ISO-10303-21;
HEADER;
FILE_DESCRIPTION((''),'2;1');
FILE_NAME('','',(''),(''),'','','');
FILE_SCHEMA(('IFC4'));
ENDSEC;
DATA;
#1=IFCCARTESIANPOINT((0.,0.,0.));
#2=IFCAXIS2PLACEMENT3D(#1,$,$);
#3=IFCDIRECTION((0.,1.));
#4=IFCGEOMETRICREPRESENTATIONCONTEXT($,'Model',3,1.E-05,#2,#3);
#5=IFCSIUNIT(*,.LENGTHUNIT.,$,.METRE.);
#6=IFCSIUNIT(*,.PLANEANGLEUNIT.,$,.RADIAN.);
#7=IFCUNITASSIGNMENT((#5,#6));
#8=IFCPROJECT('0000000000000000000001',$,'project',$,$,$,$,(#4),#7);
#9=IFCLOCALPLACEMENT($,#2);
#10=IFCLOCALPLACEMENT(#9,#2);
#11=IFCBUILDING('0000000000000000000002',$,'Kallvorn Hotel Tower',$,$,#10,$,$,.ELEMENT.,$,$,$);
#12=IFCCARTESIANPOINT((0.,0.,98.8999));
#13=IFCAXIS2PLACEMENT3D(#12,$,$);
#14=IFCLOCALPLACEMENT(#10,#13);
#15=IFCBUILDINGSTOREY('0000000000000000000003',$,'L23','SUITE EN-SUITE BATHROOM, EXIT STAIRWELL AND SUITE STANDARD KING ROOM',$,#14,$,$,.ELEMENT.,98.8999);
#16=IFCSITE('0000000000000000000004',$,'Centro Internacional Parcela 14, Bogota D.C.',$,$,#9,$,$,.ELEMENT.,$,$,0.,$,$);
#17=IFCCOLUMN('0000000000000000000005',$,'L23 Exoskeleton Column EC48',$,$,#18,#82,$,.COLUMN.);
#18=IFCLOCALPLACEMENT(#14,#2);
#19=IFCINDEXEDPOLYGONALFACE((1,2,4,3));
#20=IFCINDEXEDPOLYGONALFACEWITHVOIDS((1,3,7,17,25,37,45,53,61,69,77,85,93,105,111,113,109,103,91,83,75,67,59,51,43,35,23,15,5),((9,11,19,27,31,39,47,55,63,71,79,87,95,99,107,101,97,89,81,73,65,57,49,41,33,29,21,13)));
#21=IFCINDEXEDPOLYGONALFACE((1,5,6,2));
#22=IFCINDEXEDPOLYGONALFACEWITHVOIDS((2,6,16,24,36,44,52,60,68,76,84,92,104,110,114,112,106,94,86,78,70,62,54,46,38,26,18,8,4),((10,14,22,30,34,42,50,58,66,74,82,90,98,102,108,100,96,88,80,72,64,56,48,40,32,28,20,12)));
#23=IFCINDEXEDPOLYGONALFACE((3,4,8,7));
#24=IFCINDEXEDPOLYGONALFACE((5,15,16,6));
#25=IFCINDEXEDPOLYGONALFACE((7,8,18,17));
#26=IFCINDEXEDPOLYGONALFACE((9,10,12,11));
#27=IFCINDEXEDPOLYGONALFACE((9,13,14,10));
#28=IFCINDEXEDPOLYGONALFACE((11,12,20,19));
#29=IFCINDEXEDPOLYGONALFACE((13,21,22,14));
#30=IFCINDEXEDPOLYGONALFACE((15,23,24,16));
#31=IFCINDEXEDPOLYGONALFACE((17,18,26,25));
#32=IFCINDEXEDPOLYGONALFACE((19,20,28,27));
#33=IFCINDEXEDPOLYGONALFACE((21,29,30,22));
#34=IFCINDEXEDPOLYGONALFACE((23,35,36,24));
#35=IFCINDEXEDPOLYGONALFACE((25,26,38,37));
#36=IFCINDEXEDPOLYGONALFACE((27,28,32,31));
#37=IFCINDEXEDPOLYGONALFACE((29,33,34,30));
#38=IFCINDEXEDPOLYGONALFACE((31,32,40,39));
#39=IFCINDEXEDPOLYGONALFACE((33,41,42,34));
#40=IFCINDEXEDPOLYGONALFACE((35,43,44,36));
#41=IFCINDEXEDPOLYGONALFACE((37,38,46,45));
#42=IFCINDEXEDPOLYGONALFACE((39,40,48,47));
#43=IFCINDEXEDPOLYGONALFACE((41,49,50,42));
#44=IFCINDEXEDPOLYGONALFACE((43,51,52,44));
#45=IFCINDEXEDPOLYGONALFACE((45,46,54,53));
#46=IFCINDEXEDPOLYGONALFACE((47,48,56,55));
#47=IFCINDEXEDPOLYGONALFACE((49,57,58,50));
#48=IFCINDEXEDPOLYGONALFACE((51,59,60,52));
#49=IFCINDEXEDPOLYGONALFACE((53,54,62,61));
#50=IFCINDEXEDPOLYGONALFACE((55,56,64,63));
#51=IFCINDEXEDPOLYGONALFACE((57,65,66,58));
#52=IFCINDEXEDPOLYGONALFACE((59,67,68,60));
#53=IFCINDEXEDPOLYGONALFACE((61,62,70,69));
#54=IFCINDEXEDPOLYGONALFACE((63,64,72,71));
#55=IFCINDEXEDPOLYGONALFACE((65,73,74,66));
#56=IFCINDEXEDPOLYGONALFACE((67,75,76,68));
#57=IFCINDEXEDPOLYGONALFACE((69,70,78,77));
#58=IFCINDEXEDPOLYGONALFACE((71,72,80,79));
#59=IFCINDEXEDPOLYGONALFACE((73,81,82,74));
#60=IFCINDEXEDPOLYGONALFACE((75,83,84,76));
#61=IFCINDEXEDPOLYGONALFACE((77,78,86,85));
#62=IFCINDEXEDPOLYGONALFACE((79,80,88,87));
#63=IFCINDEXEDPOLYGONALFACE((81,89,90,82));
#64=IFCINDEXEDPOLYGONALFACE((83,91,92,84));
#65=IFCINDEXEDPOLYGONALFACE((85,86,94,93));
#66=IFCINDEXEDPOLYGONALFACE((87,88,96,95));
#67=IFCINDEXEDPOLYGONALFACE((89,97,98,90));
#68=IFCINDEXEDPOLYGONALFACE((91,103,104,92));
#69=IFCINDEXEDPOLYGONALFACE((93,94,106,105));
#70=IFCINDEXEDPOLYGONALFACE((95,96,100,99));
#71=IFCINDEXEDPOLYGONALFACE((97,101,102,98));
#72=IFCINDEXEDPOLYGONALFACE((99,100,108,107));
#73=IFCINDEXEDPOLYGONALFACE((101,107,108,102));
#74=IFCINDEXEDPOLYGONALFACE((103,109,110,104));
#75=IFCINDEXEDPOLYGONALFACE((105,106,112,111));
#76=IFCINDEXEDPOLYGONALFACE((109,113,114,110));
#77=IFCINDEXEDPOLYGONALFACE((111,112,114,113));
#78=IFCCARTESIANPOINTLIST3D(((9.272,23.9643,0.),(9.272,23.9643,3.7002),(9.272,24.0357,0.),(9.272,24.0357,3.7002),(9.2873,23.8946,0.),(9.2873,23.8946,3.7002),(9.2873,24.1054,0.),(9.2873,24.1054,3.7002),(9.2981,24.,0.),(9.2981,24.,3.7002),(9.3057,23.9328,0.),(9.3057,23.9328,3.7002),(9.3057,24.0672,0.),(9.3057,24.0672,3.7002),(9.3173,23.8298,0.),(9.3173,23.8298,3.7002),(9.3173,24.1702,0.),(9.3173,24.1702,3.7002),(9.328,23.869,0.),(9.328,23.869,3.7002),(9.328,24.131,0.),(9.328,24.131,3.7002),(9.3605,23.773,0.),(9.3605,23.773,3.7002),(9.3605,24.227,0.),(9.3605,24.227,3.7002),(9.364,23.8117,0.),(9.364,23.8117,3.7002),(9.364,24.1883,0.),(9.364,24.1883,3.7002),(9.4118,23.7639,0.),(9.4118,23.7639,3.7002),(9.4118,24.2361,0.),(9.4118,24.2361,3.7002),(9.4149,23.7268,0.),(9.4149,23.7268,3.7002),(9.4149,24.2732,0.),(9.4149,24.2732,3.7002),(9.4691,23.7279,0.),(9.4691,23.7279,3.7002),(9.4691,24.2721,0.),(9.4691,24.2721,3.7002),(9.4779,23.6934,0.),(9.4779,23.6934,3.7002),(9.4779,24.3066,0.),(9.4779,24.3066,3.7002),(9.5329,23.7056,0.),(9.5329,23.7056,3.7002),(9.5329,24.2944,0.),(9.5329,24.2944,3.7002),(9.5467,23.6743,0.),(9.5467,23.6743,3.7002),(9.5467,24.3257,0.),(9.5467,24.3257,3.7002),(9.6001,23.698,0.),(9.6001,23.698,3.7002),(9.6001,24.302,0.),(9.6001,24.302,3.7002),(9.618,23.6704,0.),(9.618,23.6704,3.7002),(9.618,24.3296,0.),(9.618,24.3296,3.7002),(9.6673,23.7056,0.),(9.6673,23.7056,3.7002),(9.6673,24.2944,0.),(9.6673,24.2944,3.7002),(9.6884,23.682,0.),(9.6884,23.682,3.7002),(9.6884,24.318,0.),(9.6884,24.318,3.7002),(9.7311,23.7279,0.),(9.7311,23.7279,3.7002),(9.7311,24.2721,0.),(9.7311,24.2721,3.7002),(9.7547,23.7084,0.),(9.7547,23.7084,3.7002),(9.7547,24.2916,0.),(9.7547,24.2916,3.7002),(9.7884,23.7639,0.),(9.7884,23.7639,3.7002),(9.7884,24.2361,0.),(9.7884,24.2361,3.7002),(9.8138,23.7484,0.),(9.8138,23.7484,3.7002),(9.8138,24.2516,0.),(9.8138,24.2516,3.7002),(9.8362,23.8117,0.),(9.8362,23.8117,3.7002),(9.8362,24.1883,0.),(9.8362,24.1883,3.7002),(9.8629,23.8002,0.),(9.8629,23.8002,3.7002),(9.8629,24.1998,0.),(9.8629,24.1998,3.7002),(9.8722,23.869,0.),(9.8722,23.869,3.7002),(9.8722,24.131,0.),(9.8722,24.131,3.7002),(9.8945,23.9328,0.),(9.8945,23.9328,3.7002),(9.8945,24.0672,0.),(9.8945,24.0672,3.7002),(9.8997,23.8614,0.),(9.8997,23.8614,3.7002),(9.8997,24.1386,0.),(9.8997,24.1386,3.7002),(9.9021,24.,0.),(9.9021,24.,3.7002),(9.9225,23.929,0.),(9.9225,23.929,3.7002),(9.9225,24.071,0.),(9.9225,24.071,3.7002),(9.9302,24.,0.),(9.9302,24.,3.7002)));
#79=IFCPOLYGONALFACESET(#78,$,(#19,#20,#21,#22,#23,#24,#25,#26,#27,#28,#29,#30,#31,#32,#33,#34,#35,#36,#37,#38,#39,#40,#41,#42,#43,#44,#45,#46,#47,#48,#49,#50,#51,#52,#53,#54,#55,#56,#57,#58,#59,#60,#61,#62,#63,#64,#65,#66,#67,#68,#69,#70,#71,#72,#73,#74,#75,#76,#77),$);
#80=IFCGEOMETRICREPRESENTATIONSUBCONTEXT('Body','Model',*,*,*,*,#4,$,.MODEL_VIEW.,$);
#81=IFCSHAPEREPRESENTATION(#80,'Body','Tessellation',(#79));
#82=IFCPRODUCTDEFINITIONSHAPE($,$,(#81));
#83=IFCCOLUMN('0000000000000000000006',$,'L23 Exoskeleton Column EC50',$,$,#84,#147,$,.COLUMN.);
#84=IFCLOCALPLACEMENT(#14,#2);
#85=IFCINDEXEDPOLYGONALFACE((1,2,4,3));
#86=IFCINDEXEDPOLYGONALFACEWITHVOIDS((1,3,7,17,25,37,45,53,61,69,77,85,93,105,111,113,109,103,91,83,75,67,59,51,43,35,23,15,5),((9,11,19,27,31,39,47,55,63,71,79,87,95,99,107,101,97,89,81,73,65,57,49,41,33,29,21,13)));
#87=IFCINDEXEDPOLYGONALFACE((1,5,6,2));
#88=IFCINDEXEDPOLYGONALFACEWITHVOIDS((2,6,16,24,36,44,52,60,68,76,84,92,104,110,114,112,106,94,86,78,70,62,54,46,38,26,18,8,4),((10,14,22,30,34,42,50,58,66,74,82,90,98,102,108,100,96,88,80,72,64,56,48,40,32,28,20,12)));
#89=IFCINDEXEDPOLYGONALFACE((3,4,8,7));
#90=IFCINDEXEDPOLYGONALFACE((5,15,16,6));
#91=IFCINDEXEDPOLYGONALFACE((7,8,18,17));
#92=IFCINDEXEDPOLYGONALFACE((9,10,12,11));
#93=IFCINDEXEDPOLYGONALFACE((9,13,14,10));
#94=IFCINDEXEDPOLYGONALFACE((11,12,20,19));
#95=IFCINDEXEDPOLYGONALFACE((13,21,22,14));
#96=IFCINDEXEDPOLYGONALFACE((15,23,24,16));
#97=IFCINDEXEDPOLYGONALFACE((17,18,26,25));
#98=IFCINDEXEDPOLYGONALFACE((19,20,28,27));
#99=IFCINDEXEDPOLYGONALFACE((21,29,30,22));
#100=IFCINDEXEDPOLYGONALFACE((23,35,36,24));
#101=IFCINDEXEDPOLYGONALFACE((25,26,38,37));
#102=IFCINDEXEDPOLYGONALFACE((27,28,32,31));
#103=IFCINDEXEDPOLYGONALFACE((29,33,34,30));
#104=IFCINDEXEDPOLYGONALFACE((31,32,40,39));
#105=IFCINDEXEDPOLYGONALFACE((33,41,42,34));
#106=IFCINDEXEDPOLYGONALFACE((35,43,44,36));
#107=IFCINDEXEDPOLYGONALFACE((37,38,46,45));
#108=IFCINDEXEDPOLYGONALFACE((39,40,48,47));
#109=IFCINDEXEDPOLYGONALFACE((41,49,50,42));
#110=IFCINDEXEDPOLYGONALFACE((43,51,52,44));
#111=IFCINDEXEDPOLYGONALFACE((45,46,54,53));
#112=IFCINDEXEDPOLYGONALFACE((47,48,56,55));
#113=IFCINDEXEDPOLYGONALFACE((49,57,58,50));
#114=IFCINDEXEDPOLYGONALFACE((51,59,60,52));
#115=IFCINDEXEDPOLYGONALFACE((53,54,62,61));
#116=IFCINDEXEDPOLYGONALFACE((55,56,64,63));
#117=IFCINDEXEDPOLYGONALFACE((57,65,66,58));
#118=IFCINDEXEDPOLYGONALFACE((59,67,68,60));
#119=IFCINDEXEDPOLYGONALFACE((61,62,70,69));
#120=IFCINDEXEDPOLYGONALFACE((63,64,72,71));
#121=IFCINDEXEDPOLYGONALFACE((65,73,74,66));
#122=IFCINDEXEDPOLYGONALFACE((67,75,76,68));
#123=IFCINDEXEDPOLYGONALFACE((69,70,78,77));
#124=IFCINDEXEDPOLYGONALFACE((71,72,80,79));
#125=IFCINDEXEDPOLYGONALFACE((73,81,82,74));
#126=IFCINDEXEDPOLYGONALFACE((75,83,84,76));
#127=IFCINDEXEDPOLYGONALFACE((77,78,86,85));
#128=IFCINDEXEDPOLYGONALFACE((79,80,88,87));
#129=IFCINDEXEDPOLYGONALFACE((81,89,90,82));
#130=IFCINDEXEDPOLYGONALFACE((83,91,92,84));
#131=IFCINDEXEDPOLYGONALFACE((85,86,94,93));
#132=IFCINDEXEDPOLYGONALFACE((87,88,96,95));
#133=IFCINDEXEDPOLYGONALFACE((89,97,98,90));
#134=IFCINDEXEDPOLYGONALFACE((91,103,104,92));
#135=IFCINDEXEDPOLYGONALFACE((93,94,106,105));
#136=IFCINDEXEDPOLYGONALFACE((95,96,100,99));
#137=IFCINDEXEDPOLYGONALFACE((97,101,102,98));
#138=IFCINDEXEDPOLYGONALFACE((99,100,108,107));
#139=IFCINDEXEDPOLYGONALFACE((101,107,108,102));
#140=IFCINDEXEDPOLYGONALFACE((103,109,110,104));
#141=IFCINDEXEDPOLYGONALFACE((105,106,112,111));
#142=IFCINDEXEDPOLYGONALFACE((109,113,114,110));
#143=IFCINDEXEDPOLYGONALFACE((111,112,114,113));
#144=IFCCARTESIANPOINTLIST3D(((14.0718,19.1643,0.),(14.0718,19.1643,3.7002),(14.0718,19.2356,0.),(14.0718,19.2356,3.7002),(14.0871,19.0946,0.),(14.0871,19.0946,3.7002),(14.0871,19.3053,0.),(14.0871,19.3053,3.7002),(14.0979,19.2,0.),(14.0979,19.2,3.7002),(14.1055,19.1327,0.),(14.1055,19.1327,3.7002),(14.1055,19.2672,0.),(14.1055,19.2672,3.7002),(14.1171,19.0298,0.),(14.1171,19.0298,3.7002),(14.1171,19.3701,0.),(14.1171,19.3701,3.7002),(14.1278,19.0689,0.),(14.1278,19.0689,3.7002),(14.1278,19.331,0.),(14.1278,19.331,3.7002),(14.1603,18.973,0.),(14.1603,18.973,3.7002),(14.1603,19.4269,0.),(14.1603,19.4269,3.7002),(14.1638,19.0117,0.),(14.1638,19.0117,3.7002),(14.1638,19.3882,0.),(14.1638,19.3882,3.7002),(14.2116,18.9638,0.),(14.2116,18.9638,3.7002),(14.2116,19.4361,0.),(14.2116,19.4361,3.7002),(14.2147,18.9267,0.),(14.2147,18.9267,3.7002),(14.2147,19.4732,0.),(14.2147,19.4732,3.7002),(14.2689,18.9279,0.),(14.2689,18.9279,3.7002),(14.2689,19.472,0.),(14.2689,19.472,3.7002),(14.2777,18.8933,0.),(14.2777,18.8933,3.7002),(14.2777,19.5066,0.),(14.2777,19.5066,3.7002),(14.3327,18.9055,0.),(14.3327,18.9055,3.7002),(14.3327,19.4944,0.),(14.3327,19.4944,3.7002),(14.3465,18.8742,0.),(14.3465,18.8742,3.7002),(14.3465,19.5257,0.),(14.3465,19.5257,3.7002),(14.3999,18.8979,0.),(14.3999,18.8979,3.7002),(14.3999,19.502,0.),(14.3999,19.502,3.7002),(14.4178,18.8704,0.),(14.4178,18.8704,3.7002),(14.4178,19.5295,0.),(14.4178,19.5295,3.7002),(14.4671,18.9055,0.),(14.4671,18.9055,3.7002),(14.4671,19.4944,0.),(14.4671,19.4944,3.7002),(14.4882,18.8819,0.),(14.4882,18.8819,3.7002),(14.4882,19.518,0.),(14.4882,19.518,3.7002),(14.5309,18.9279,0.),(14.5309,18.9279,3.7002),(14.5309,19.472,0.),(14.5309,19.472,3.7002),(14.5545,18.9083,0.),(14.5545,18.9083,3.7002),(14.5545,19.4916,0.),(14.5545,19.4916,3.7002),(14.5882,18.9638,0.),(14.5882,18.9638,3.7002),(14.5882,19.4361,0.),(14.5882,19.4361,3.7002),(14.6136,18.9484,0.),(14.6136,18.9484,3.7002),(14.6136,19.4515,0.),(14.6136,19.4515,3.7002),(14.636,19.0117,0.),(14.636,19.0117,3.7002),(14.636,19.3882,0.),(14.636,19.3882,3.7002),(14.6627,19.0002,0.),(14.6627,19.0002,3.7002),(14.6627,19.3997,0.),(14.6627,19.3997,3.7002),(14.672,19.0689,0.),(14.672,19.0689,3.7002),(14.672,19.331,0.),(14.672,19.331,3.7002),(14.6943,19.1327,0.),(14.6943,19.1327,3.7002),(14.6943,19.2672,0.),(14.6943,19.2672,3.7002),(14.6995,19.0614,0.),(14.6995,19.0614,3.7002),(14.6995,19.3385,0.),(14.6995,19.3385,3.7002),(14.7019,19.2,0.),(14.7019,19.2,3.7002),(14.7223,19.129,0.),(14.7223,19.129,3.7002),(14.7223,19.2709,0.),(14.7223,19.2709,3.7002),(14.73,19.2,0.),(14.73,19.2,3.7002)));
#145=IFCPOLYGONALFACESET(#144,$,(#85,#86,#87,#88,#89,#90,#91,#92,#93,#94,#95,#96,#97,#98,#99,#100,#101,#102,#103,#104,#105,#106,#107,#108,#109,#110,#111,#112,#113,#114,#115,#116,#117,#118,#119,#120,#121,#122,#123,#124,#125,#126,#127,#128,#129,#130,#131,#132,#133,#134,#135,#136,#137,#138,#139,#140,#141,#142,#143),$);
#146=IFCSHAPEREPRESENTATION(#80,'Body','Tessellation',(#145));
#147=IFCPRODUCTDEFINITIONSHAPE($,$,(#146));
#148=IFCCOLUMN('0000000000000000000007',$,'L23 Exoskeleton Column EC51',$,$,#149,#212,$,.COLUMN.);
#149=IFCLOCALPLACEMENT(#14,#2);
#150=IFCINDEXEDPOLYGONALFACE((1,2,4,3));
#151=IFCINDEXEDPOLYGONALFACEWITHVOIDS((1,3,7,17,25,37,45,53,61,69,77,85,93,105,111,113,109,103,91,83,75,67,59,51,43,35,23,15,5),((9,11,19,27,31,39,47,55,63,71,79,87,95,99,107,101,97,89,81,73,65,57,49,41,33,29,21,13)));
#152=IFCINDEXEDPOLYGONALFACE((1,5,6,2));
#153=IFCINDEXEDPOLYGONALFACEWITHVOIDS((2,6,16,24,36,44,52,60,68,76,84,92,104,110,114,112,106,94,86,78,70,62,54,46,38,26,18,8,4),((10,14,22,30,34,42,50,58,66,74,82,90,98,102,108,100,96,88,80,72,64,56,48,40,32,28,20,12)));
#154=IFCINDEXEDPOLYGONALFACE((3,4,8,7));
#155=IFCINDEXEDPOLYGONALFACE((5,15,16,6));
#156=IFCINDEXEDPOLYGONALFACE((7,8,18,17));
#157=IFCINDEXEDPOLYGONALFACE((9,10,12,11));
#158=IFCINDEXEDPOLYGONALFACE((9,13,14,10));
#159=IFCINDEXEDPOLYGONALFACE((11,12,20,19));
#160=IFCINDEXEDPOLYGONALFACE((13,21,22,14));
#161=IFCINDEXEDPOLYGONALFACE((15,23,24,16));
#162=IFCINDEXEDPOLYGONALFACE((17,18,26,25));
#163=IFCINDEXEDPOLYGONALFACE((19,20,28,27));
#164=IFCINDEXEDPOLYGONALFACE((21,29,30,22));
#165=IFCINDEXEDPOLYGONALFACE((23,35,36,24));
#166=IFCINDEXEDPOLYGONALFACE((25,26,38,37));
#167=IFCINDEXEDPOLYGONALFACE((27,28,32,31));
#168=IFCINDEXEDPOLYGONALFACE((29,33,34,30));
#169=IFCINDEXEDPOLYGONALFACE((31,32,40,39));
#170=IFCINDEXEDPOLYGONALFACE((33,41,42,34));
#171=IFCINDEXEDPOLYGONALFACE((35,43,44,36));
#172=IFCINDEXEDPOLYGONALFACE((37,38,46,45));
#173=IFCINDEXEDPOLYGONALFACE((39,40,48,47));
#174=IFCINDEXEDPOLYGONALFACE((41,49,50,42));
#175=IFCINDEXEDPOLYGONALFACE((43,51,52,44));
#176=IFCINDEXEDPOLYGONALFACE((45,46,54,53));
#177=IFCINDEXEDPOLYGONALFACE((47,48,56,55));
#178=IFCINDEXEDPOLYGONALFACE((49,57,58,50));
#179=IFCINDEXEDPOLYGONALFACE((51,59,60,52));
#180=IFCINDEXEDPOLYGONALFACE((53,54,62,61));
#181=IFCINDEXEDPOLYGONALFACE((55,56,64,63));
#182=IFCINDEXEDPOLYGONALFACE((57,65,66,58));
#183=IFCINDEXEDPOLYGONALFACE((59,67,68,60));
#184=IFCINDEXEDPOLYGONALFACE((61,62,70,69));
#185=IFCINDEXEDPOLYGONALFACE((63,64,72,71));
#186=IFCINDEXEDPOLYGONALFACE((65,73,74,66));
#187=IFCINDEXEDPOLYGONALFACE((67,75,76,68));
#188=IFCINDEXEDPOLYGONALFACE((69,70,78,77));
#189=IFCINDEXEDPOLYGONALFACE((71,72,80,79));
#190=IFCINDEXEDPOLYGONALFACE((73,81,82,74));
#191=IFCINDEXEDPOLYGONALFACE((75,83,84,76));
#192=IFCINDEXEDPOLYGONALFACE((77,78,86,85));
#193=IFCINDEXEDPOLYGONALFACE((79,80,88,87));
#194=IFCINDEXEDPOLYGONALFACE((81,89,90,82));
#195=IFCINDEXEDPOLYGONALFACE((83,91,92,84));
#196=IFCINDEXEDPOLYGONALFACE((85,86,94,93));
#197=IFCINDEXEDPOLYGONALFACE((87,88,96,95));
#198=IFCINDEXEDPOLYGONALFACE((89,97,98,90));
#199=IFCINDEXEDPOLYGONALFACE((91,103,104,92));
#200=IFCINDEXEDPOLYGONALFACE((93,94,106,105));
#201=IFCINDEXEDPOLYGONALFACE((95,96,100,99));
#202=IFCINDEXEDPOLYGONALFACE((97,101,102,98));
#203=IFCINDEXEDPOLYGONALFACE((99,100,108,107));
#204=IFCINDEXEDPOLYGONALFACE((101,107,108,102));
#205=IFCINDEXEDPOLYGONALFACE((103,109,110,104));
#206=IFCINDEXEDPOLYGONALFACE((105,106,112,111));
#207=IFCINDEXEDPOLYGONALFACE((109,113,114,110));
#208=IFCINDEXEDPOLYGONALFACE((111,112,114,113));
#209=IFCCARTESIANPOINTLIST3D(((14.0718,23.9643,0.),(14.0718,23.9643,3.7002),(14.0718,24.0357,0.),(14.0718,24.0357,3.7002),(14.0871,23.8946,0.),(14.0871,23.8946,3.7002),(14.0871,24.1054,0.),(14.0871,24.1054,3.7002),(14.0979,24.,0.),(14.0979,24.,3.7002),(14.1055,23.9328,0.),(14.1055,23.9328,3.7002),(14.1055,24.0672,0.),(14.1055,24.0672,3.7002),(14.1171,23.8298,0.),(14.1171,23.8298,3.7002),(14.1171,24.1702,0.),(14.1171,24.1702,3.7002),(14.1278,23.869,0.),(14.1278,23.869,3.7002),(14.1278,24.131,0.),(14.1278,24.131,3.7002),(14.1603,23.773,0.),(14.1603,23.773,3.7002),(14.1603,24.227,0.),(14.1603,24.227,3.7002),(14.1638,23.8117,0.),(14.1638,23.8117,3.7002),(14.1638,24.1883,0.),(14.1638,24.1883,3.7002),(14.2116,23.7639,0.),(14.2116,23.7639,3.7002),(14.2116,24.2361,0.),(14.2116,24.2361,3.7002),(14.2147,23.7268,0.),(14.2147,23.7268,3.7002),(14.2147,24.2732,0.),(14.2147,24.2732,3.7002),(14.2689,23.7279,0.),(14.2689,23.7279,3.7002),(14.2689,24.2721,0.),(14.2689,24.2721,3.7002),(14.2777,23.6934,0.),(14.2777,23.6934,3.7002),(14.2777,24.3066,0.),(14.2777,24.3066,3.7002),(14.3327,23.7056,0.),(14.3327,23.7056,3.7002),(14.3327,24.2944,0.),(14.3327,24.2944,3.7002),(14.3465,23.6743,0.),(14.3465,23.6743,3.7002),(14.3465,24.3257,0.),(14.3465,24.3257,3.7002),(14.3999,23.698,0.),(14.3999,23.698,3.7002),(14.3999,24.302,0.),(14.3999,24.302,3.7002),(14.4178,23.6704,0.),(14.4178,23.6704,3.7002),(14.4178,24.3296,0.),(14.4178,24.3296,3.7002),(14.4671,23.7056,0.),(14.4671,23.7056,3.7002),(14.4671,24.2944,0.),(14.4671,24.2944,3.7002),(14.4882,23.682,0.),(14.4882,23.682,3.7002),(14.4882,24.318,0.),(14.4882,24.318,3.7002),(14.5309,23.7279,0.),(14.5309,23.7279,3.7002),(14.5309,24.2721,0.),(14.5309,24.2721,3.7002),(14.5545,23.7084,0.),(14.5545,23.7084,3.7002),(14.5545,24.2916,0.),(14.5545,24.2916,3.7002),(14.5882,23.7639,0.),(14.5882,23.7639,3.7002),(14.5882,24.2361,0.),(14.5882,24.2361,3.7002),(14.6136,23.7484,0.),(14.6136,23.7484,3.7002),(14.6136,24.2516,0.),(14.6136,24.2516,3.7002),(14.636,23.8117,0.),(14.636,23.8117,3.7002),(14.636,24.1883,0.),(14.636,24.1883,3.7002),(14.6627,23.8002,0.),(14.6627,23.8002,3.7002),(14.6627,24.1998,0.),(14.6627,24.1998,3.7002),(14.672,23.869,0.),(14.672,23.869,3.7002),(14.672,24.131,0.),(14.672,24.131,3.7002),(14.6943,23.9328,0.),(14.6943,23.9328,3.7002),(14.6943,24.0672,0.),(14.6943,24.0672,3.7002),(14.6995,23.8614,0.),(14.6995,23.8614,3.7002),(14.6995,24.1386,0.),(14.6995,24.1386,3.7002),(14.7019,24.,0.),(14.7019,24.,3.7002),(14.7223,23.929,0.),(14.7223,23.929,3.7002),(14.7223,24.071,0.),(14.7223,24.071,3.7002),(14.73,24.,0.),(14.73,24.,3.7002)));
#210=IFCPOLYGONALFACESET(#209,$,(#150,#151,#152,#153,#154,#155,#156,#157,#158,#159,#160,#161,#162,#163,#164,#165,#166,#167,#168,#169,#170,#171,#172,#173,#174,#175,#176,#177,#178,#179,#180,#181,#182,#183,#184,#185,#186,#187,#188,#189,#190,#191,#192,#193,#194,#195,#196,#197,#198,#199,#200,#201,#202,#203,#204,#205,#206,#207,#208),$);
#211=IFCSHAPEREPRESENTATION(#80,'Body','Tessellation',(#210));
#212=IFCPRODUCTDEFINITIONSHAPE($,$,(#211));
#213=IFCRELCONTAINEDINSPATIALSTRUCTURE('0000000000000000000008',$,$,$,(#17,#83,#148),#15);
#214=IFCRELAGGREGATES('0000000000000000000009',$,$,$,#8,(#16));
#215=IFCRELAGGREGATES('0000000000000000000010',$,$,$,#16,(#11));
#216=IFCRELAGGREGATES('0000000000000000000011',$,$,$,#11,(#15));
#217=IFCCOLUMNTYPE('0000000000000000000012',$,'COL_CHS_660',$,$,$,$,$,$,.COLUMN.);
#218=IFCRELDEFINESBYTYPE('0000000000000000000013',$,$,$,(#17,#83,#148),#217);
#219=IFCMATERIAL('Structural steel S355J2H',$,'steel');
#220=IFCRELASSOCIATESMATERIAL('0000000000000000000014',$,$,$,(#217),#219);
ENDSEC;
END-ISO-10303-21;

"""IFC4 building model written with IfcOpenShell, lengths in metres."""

from ifc_helpers import new_model, si_unit, direction, frame, origin, origin_2d, place, context, subcontext, project, spatial, hollow_circle, extrude, material, material_profile, profile_set, type_object, element, save


model = new_model("IFC4")

# Units and contexts
model_context = context("Model", 3, precision=1e-05, world=origin(), true_north=direction((0.0, 1.0)))
body_context = subcontext(model_context, "Body", "Model", "MODEL_VIEW")
ifc_project = project(units=[si_unit("LENGTHUNIT", "METRE"), si_unit("PLANEANGLEUNIT", "RADIAN")], contexts=[model_context])

# Site, building, storey
site_placement = place(None, origin())
site = spatial("IfcSite", under=ifc_project, at=site_placement, Name="Centro Internacional Parcela 14, Bogota D.C.", CompositionType="ELEMENT", RefElevation=0.0)
building_placement = place(site_placement, origin())
building = spatial("IfcBuilding", under=site, at=building_placement, Name="Kallvorn Hotel Tower", CompositionType="ELEMENT")
storey_placement = place(building_placement, frame((0.0, 0.0, 98.8999)))
storey = spatial("IfcBuildingStorey", under=building, at=storey_placement, Name="L23", Description="SUITE EN-SUITE BATHROOM, EXIT STAIRWELL AND SUITE STANDARD KING ROOM", CompositionType="ELEMENT", Elevation=98.8999)

# Columns
ifc_material_1 = material(Name="Structural steel S355J2H", Category="steel")
ifc_material_profile_1 = material_profile(ifc_material_1, hollow_circle(Radius=0.3301, WallThickness=0.0281, at=origin_2d()), Name="CHS 660x28")
ifc_profile_set_1 = profile_set([ifc_material_profile_1], Name="Structural steel S355J2H")
column_type_1 = type_object("IfcColumnType", Name="COL_CHS_660", PredefinedType="COLUMN", material=ifc_profile_set_1)
for number, where, z_axis, x_axis, name in (
    (1, (9.6001, 24.0, 0.0), (0.0, 0.0, 1.0), (1.0, 0.0, 0.0), "L23 Exoskeleton Column EC48"),
    (2, (14.3999, 19.2, 0.0), (0.0, 0.0, 1.0), (1.0, 0.0, 0.0), "L23 Exoskeleton Column EC50"),
    (3, (14.3999, 24.0, 0.0), (0.0, 0.0, 1.0), (1.0, 0.0, 0.0), "L23 Exoskeleton Column EC51"),
):
    element("IfcColumn", number, at=place(storey_placement, frame(where, z_axis=z_axis, x_axis=x_axis)), inside=storey, type_object=column_type_1, Name=name, PredefinedType="COLUMN", context=body_context, shape_type="SweptSolid", body=[
        extrude(hollow_circle(Radius=0.3301, WallThickness=0.0281, at=origin_2d()), origin(), (0.0, 0.0, 1.0), 3.7002),
    ])

save(model, "model.ifc")
